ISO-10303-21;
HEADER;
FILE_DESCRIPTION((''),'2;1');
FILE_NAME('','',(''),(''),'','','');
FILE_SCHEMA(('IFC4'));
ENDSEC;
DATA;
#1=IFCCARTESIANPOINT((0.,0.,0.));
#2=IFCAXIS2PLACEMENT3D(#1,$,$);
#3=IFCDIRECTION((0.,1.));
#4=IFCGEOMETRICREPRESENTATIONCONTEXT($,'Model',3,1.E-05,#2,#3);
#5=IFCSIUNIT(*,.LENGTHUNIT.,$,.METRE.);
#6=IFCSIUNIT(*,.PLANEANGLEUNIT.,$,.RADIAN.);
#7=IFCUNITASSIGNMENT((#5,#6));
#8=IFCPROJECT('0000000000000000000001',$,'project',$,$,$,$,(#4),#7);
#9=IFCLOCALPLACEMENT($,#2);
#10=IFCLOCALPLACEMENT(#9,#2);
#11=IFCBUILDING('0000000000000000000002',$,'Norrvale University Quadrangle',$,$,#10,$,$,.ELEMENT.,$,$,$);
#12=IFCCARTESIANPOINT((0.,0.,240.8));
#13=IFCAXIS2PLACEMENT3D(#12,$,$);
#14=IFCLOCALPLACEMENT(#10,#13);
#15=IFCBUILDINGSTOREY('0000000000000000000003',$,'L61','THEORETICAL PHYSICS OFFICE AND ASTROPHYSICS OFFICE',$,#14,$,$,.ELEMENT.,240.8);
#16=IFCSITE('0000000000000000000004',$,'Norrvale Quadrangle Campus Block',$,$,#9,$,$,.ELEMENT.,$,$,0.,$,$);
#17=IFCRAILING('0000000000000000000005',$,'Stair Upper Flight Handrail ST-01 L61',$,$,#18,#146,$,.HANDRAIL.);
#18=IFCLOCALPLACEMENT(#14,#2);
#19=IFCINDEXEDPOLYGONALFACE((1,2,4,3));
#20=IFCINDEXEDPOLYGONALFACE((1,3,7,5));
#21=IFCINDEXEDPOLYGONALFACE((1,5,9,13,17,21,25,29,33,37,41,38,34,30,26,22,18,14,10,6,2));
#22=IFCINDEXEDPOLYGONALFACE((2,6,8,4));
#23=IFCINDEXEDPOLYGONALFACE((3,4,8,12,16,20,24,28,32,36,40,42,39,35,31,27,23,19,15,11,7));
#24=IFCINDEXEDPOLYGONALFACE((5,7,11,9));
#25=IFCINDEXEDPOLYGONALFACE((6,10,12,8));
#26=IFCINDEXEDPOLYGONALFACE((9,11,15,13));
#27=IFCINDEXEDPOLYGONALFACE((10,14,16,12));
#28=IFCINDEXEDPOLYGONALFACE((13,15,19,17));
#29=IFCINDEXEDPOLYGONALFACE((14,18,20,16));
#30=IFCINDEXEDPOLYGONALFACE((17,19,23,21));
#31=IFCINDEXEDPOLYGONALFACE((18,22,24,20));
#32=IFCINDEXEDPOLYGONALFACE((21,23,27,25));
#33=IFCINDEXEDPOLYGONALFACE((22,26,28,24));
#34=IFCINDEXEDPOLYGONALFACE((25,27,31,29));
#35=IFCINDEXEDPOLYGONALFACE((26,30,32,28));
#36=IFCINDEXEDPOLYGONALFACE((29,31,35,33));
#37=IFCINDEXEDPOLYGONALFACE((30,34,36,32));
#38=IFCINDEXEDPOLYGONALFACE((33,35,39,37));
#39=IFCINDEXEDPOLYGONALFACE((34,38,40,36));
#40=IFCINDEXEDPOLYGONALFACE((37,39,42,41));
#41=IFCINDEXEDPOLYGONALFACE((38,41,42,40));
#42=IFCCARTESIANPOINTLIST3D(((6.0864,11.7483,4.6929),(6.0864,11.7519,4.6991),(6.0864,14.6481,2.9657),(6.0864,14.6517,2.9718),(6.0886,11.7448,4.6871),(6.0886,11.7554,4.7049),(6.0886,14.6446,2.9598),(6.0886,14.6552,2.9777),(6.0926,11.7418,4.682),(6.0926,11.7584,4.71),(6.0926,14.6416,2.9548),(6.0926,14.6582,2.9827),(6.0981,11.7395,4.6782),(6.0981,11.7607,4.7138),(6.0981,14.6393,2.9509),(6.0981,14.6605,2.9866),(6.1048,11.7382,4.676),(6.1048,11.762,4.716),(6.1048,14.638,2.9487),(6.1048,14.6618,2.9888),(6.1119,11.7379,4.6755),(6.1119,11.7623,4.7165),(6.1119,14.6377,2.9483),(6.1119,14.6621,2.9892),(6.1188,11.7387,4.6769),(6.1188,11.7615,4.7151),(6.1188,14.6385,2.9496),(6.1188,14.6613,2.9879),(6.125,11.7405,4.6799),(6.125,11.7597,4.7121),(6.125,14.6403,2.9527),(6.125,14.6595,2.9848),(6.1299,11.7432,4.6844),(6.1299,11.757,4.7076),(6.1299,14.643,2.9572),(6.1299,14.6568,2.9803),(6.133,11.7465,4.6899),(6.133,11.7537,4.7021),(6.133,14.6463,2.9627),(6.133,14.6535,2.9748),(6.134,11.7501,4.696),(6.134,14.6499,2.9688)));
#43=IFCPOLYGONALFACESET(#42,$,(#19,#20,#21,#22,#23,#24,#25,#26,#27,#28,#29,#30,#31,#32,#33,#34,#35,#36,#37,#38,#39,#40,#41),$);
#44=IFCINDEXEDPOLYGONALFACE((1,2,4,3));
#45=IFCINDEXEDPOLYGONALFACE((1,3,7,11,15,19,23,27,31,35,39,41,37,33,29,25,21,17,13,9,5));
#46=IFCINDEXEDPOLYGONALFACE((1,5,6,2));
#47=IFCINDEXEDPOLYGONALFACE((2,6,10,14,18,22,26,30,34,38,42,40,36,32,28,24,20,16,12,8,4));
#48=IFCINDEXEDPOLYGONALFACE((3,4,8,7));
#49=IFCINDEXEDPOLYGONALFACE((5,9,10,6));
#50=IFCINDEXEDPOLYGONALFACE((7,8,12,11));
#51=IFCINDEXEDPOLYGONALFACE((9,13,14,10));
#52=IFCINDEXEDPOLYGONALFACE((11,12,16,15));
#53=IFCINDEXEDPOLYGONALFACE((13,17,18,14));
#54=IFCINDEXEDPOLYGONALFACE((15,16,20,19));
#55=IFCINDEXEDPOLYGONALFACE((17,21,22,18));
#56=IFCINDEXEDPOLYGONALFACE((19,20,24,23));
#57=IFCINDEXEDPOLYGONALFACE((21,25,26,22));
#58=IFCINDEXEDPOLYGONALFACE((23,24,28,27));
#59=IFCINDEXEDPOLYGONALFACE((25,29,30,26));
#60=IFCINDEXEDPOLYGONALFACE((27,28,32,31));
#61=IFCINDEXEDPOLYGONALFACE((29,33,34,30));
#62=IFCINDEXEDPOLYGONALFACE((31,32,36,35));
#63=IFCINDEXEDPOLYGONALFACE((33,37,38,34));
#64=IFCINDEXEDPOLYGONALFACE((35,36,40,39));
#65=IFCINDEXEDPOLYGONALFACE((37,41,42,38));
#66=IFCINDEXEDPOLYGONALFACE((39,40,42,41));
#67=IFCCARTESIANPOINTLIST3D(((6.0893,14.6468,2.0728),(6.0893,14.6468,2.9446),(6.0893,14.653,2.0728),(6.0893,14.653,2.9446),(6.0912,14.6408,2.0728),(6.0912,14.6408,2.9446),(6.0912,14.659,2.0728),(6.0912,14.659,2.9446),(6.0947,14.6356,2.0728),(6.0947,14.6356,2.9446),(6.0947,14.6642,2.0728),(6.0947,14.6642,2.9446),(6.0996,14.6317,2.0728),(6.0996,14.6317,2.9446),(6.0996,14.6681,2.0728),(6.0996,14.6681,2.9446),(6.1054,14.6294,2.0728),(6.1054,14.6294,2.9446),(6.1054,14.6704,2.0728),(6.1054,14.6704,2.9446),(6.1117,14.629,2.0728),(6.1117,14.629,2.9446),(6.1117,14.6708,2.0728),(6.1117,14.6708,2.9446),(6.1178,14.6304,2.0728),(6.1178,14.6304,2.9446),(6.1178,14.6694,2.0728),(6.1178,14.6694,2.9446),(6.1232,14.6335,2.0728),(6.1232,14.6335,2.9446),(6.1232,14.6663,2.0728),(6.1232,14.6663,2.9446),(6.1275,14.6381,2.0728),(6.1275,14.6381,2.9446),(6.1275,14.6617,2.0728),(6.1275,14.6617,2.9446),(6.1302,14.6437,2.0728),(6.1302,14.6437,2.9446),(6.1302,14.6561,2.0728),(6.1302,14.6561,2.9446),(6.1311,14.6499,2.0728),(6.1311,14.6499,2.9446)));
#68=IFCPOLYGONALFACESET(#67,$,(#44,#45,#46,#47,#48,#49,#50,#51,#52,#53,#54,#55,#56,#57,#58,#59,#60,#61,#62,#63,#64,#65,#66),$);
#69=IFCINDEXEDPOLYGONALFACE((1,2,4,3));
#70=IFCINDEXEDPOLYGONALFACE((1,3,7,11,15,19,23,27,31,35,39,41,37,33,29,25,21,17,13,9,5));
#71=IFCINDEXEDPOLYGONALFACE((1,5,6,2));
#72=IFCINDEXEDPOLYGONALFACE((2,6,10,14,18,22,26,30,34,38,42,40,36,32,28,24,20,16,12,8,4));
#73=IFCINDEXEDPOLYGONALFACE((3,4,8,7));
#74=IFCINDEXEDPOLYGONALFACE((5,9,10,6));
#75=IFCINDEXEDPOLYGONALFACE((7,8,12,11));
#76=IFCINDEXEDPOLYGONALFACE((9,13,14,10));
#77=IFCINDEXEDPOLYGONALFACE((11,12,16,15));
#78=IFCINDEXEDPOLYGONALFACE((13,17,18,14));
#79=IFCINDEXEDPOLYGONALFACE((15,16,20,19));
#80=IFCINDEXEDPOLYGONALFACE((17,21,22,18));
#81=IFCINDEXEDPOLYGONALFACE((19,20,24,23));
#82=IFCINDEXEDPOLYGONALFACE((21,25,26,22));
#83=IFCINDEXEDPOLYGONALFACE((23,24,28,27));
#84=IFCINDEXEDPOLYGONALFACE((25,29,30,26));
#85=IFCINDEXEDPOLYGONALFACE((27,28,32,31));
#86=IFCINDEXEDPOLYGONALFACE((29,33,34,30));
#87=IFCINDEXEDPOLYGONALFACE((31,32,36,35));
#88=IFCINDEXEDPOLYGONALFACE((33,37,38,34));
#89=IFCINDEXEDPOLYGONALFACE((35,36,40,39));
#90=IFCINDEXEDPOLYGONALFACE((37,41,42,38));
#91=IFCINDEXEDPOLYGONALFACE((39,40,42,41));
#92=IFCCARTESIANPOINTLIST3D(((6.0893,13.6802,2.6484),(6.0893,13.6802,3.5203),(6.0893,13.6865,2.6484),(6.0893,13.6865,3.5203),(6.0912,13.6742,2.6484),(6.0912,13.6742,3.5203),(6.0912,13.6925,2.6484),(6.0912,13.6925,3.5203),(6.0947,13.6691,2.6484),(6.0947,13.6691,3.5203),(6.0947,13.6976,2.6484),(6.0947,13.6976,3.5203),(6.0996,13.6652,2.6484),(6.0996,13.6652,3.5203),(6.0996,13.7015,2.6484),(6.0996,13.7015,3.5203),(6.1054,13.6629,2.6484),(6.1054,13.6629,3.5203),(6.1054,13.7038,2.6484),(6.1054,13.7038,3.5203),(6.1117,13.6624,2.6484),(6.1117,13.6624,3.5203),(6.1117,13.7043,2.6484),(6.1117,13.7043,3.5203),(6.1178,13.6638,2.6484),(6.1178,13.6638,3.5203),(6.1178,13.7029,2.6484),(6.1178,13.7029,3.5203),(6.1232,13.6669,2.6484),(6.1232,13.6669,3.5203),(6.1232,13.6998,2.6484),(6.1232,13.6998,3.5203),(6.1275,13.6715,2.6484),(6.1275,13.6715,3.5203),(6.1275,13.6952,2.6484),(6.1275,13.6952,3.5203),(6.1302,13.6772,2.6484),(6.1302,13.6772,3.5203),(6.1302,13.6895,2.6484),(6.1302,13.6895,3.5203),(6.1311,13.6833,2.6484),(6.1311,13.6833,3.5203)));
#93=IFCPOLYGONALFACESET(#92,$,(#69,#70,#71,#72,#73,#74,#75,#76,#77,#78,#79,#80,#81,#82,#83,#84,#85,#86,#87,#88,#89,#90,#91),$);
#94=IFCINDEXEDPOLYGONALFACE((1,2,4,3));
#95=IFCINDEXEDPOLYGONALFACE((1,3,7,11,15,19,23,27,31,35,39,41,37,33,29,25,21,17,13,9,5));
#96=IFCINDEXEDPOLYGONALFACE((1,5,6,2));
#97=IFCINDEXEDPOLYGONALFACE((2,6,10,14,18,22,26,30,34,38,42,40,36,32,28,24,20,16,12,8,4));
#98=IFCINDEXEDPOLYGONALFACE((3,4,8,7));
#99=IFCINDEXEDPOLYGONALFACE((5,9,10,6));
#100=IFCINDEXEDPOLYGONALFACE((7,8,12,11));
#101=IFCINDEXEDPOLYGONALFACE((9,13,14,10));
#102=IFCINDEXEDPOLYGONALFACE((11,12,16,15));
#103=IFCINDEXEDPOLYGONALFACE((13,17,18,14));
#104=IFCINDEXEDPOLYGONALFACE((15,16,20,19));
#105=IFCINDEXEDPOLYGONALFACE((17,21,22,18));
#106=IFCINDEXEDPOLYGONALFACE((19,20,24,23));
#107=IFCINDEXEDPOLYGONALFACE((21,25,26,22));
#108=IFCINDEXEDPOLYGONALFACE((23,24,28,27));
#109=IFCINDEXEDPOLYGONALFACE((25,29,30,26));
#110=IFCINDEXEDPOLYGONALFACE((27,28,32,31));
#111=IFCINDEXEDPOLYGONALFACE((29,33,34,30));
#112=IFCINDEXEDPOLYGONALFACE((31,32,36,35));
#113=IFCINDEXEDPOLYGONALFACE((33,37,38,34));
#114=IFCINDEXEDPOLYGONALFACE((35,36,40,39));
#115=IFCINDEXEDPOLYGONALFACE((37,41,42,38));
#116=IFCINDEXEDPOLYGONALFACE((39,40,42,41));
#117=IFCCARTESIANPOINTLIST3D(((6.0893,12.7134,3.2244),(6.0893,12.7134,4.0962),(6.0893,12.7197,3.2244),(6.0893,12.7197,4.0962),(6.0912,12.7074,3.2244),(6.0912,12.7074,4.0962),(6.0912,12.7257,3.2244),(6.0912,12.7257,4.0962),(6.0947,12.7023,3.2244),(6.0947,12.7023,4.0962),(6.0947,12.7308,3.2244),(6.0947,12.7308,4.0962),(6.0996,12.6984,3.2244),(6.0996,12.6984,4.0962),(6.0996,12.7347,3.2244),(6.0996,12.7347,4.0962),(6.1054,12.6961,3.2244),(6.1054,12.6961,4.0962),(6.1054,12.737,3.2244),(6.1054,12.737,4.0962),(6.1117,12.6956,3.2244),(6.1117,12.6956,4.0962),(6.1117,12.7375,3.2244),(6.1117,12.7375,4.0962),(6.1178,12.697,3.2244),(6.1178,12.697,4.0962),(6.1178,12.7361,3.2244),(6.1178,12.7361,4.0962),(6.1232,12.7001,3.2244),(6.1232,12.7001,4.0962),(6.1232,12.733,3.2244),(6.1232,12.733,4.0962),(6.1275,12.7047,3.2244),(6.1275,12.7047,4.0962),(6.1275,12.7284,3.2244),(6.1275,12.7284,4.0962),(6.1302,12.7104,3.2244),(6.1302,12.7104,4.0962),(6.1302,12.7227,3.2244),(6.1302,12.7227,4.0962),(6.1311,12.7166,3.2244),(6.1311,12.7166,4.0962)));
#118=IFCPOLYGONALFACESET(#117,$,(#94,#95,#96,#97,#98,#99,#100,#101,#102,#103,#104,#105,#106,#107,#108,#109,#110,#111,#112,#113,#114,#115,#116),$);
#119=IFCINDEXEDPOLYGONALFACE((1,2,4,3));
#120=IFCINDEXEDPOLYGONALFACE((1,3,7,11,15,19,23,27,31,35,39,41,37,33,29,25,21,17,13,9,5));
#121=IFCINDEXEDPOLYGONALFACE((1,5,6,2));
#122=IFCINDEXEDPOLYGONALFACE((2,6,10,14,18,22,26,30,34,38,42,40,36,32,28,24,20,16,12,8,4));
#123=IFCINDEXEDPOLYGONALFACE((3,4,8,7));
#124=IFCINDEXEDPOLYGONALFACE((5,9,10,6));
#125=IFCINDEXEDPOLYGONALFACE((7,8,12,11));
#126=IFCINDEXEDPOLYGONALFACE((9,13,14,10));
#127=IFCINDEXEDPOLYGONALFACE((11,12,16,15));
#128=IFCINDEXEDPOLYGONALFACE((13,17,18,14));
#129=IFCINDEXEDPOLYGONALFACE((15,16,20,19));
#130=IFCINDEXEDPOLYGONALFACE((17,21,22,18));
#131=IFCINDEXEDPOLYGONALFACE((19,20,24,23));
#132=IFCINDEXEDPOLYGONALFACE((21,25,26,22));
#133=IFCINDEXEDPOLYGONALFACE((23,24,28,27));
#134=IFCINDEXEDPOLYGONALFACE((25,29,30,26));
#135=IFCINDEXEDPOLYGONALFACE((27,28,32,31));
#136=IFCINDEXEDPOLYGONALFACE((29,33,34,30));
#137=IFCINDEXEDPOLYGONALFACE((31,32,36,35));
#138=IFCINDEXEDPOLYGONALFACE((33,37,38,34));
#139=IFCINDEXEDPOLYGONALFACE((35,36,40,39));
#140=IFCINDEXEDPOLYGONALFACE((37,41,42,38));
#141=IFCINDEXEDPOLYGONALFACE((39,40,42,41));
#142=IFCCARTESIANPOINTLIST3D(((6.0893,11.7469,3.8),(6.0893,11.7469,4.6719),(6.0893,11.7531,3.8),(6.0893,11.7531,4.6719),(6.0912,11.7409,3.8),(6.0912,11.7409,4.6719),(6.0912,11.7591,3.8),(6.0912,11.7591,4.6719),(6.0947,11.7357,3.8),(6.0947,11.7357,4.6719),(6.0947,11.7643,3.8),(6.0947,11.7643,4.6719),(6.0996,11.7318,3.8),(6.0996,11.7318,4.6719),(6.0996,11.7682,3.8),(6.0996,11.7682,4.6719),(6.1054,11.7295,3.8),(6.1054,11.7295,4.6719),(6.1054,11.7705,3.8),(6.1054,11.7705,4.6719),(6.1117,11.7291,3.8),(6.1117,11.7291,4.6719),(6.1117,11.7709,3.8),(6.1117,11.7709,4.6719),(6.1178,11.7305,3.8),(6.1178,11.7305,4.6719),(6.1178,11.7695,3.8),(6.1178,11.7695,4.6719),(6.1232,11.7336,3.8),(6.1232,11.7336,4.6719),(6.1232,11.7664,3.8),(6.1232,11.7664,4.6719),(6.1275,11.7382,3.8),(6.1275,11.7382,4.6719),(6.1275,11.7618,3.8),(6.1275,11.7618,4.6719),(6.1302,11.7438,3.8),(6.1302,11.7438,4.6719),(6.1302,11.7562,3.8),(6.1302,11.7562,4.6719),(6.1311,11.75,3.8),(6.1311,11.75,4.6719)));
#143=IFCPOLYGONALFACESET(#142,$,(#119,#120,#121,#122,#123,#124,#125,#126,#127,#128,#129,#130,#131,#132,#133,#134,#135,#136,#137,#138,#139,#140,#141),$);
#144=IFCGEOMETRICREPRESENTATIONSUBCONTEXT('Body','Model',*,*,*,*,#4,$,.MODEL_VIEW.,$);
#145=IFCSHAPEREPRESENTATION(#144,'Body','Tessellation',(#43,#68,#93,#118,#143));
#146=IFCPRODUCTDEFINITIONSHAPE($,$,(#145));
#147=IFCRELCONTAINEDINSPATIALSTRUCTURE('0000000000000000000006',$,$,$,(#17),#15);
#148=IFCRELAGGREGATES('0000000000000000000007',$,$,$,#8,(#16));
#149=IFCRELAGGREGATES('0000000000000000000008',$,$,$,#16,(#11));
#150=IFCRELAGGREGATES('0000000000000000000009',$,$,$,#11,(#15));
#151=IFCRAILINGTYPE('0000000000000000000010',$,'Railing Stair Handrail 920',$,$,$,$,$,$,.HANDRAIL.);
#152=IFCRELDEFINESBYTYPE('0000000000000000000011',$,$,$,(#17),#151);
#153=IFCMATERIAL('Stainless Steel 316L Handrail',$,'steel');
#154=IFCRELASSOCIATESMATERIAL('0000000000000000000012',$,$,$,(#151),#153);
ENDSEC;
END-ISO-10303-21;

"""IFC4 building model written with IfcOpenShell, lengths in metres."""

from ifc_helpers import new_model, si_unit, direction, frame, origin, origin_2d, place, context, subcontext, project, spatial, circle, extrude, material, type_object, element, save


model = new_model("IFC4")

# Units and contexts
model_context = context("Model", 3, precision=1e-05, world=origin(), true_north=direction((0.0, 1.0)))
body_context = subcontext(model_context, "Body", "Model", "MODEL_VIEW")
ifc_project = project(units=[si_unit("LENGTHUNIT", "METRE"), si_unit("PLANEANGLEUNIT", "RADIAN")], contexts=[model_context])

# Site, building, storey
site_placement = place(None, origin())
site = spatial("IfcSite", under=ifc_project, at=site_placement, Name="Norrvale Quadrangle Campus Block", CompositionType="ELEMENT", RefElevation=0.0)
building_placement = place(site_placement, origin())
building = spatial("IfcBuilding", under=site, at=building_placement, Name="Norrvale University Quadrangle", CompositionType="ELEMENT")
storey_placement = place(building_placement, frame((0.0, 0.0, 240.8)))
storey = spatial("IfcBuildingStorey", under=building, at=storey_placement, Name="L61", Description="THEORETICAL PHYSICS OFFICE AND ASTROPHYSICS OFFICE", CompositionType="ELEMENT", Elevation=240.8)

# Railing
ifc_material_1 = material(Name="Stainless Steel 316L Handrail", Category="steel")
railing_type_1 = type_object("IfcRailingType", Name="Railing Stair Handrail 920", PredefinedType="HANDRAIL", material=ifc_material_1)
railing_1_placement = place(storey_placement, frame((6.1101, 14.6499, 2.0728)))
element("IfcRailing", 1, at=railing_1_placement, inside=storey, type_object=railing_type_1, Name="Stair Upper Flight Handrail ST-01 L61", PredefinedType="HANDRAIL", context=body_context, shape_type="SweptSolid", body=[
    extrude(circle(Radius=0.0239, at=origin_2d()), frame((0.0, 0.0, 0.896), z_axis=(0.0, -0.859141, 0.511738), x_axis=(1.0, 0.0, 0.0)), (0.0, 0.0, 1.0), 3.3752),
    extrude(circle(Radius=0.021, at=origin_2d()), origin(), (0.0, 0.0, 1.0), 0.8718),
    extrude(circle(Radius=0.021, at=origin_2d()), frame((0.0, -0.9666, 0.5757)), (0.0, 0.0, 1.0), 0.8718),
    extrude(circle(Radius=0.021, at=origin_2d()), frame((0.0, -1.9333, 1.1516)), (0.0, 0.0, 1.0), 0.8718),
    extrude(circle(Radius=0.021, at=origin_2d()), frame((0.0, -2.8999, 1.7273)), (0.0, 0.0, 1.0), 0.8718),
])

save(model, "model.ifc")
